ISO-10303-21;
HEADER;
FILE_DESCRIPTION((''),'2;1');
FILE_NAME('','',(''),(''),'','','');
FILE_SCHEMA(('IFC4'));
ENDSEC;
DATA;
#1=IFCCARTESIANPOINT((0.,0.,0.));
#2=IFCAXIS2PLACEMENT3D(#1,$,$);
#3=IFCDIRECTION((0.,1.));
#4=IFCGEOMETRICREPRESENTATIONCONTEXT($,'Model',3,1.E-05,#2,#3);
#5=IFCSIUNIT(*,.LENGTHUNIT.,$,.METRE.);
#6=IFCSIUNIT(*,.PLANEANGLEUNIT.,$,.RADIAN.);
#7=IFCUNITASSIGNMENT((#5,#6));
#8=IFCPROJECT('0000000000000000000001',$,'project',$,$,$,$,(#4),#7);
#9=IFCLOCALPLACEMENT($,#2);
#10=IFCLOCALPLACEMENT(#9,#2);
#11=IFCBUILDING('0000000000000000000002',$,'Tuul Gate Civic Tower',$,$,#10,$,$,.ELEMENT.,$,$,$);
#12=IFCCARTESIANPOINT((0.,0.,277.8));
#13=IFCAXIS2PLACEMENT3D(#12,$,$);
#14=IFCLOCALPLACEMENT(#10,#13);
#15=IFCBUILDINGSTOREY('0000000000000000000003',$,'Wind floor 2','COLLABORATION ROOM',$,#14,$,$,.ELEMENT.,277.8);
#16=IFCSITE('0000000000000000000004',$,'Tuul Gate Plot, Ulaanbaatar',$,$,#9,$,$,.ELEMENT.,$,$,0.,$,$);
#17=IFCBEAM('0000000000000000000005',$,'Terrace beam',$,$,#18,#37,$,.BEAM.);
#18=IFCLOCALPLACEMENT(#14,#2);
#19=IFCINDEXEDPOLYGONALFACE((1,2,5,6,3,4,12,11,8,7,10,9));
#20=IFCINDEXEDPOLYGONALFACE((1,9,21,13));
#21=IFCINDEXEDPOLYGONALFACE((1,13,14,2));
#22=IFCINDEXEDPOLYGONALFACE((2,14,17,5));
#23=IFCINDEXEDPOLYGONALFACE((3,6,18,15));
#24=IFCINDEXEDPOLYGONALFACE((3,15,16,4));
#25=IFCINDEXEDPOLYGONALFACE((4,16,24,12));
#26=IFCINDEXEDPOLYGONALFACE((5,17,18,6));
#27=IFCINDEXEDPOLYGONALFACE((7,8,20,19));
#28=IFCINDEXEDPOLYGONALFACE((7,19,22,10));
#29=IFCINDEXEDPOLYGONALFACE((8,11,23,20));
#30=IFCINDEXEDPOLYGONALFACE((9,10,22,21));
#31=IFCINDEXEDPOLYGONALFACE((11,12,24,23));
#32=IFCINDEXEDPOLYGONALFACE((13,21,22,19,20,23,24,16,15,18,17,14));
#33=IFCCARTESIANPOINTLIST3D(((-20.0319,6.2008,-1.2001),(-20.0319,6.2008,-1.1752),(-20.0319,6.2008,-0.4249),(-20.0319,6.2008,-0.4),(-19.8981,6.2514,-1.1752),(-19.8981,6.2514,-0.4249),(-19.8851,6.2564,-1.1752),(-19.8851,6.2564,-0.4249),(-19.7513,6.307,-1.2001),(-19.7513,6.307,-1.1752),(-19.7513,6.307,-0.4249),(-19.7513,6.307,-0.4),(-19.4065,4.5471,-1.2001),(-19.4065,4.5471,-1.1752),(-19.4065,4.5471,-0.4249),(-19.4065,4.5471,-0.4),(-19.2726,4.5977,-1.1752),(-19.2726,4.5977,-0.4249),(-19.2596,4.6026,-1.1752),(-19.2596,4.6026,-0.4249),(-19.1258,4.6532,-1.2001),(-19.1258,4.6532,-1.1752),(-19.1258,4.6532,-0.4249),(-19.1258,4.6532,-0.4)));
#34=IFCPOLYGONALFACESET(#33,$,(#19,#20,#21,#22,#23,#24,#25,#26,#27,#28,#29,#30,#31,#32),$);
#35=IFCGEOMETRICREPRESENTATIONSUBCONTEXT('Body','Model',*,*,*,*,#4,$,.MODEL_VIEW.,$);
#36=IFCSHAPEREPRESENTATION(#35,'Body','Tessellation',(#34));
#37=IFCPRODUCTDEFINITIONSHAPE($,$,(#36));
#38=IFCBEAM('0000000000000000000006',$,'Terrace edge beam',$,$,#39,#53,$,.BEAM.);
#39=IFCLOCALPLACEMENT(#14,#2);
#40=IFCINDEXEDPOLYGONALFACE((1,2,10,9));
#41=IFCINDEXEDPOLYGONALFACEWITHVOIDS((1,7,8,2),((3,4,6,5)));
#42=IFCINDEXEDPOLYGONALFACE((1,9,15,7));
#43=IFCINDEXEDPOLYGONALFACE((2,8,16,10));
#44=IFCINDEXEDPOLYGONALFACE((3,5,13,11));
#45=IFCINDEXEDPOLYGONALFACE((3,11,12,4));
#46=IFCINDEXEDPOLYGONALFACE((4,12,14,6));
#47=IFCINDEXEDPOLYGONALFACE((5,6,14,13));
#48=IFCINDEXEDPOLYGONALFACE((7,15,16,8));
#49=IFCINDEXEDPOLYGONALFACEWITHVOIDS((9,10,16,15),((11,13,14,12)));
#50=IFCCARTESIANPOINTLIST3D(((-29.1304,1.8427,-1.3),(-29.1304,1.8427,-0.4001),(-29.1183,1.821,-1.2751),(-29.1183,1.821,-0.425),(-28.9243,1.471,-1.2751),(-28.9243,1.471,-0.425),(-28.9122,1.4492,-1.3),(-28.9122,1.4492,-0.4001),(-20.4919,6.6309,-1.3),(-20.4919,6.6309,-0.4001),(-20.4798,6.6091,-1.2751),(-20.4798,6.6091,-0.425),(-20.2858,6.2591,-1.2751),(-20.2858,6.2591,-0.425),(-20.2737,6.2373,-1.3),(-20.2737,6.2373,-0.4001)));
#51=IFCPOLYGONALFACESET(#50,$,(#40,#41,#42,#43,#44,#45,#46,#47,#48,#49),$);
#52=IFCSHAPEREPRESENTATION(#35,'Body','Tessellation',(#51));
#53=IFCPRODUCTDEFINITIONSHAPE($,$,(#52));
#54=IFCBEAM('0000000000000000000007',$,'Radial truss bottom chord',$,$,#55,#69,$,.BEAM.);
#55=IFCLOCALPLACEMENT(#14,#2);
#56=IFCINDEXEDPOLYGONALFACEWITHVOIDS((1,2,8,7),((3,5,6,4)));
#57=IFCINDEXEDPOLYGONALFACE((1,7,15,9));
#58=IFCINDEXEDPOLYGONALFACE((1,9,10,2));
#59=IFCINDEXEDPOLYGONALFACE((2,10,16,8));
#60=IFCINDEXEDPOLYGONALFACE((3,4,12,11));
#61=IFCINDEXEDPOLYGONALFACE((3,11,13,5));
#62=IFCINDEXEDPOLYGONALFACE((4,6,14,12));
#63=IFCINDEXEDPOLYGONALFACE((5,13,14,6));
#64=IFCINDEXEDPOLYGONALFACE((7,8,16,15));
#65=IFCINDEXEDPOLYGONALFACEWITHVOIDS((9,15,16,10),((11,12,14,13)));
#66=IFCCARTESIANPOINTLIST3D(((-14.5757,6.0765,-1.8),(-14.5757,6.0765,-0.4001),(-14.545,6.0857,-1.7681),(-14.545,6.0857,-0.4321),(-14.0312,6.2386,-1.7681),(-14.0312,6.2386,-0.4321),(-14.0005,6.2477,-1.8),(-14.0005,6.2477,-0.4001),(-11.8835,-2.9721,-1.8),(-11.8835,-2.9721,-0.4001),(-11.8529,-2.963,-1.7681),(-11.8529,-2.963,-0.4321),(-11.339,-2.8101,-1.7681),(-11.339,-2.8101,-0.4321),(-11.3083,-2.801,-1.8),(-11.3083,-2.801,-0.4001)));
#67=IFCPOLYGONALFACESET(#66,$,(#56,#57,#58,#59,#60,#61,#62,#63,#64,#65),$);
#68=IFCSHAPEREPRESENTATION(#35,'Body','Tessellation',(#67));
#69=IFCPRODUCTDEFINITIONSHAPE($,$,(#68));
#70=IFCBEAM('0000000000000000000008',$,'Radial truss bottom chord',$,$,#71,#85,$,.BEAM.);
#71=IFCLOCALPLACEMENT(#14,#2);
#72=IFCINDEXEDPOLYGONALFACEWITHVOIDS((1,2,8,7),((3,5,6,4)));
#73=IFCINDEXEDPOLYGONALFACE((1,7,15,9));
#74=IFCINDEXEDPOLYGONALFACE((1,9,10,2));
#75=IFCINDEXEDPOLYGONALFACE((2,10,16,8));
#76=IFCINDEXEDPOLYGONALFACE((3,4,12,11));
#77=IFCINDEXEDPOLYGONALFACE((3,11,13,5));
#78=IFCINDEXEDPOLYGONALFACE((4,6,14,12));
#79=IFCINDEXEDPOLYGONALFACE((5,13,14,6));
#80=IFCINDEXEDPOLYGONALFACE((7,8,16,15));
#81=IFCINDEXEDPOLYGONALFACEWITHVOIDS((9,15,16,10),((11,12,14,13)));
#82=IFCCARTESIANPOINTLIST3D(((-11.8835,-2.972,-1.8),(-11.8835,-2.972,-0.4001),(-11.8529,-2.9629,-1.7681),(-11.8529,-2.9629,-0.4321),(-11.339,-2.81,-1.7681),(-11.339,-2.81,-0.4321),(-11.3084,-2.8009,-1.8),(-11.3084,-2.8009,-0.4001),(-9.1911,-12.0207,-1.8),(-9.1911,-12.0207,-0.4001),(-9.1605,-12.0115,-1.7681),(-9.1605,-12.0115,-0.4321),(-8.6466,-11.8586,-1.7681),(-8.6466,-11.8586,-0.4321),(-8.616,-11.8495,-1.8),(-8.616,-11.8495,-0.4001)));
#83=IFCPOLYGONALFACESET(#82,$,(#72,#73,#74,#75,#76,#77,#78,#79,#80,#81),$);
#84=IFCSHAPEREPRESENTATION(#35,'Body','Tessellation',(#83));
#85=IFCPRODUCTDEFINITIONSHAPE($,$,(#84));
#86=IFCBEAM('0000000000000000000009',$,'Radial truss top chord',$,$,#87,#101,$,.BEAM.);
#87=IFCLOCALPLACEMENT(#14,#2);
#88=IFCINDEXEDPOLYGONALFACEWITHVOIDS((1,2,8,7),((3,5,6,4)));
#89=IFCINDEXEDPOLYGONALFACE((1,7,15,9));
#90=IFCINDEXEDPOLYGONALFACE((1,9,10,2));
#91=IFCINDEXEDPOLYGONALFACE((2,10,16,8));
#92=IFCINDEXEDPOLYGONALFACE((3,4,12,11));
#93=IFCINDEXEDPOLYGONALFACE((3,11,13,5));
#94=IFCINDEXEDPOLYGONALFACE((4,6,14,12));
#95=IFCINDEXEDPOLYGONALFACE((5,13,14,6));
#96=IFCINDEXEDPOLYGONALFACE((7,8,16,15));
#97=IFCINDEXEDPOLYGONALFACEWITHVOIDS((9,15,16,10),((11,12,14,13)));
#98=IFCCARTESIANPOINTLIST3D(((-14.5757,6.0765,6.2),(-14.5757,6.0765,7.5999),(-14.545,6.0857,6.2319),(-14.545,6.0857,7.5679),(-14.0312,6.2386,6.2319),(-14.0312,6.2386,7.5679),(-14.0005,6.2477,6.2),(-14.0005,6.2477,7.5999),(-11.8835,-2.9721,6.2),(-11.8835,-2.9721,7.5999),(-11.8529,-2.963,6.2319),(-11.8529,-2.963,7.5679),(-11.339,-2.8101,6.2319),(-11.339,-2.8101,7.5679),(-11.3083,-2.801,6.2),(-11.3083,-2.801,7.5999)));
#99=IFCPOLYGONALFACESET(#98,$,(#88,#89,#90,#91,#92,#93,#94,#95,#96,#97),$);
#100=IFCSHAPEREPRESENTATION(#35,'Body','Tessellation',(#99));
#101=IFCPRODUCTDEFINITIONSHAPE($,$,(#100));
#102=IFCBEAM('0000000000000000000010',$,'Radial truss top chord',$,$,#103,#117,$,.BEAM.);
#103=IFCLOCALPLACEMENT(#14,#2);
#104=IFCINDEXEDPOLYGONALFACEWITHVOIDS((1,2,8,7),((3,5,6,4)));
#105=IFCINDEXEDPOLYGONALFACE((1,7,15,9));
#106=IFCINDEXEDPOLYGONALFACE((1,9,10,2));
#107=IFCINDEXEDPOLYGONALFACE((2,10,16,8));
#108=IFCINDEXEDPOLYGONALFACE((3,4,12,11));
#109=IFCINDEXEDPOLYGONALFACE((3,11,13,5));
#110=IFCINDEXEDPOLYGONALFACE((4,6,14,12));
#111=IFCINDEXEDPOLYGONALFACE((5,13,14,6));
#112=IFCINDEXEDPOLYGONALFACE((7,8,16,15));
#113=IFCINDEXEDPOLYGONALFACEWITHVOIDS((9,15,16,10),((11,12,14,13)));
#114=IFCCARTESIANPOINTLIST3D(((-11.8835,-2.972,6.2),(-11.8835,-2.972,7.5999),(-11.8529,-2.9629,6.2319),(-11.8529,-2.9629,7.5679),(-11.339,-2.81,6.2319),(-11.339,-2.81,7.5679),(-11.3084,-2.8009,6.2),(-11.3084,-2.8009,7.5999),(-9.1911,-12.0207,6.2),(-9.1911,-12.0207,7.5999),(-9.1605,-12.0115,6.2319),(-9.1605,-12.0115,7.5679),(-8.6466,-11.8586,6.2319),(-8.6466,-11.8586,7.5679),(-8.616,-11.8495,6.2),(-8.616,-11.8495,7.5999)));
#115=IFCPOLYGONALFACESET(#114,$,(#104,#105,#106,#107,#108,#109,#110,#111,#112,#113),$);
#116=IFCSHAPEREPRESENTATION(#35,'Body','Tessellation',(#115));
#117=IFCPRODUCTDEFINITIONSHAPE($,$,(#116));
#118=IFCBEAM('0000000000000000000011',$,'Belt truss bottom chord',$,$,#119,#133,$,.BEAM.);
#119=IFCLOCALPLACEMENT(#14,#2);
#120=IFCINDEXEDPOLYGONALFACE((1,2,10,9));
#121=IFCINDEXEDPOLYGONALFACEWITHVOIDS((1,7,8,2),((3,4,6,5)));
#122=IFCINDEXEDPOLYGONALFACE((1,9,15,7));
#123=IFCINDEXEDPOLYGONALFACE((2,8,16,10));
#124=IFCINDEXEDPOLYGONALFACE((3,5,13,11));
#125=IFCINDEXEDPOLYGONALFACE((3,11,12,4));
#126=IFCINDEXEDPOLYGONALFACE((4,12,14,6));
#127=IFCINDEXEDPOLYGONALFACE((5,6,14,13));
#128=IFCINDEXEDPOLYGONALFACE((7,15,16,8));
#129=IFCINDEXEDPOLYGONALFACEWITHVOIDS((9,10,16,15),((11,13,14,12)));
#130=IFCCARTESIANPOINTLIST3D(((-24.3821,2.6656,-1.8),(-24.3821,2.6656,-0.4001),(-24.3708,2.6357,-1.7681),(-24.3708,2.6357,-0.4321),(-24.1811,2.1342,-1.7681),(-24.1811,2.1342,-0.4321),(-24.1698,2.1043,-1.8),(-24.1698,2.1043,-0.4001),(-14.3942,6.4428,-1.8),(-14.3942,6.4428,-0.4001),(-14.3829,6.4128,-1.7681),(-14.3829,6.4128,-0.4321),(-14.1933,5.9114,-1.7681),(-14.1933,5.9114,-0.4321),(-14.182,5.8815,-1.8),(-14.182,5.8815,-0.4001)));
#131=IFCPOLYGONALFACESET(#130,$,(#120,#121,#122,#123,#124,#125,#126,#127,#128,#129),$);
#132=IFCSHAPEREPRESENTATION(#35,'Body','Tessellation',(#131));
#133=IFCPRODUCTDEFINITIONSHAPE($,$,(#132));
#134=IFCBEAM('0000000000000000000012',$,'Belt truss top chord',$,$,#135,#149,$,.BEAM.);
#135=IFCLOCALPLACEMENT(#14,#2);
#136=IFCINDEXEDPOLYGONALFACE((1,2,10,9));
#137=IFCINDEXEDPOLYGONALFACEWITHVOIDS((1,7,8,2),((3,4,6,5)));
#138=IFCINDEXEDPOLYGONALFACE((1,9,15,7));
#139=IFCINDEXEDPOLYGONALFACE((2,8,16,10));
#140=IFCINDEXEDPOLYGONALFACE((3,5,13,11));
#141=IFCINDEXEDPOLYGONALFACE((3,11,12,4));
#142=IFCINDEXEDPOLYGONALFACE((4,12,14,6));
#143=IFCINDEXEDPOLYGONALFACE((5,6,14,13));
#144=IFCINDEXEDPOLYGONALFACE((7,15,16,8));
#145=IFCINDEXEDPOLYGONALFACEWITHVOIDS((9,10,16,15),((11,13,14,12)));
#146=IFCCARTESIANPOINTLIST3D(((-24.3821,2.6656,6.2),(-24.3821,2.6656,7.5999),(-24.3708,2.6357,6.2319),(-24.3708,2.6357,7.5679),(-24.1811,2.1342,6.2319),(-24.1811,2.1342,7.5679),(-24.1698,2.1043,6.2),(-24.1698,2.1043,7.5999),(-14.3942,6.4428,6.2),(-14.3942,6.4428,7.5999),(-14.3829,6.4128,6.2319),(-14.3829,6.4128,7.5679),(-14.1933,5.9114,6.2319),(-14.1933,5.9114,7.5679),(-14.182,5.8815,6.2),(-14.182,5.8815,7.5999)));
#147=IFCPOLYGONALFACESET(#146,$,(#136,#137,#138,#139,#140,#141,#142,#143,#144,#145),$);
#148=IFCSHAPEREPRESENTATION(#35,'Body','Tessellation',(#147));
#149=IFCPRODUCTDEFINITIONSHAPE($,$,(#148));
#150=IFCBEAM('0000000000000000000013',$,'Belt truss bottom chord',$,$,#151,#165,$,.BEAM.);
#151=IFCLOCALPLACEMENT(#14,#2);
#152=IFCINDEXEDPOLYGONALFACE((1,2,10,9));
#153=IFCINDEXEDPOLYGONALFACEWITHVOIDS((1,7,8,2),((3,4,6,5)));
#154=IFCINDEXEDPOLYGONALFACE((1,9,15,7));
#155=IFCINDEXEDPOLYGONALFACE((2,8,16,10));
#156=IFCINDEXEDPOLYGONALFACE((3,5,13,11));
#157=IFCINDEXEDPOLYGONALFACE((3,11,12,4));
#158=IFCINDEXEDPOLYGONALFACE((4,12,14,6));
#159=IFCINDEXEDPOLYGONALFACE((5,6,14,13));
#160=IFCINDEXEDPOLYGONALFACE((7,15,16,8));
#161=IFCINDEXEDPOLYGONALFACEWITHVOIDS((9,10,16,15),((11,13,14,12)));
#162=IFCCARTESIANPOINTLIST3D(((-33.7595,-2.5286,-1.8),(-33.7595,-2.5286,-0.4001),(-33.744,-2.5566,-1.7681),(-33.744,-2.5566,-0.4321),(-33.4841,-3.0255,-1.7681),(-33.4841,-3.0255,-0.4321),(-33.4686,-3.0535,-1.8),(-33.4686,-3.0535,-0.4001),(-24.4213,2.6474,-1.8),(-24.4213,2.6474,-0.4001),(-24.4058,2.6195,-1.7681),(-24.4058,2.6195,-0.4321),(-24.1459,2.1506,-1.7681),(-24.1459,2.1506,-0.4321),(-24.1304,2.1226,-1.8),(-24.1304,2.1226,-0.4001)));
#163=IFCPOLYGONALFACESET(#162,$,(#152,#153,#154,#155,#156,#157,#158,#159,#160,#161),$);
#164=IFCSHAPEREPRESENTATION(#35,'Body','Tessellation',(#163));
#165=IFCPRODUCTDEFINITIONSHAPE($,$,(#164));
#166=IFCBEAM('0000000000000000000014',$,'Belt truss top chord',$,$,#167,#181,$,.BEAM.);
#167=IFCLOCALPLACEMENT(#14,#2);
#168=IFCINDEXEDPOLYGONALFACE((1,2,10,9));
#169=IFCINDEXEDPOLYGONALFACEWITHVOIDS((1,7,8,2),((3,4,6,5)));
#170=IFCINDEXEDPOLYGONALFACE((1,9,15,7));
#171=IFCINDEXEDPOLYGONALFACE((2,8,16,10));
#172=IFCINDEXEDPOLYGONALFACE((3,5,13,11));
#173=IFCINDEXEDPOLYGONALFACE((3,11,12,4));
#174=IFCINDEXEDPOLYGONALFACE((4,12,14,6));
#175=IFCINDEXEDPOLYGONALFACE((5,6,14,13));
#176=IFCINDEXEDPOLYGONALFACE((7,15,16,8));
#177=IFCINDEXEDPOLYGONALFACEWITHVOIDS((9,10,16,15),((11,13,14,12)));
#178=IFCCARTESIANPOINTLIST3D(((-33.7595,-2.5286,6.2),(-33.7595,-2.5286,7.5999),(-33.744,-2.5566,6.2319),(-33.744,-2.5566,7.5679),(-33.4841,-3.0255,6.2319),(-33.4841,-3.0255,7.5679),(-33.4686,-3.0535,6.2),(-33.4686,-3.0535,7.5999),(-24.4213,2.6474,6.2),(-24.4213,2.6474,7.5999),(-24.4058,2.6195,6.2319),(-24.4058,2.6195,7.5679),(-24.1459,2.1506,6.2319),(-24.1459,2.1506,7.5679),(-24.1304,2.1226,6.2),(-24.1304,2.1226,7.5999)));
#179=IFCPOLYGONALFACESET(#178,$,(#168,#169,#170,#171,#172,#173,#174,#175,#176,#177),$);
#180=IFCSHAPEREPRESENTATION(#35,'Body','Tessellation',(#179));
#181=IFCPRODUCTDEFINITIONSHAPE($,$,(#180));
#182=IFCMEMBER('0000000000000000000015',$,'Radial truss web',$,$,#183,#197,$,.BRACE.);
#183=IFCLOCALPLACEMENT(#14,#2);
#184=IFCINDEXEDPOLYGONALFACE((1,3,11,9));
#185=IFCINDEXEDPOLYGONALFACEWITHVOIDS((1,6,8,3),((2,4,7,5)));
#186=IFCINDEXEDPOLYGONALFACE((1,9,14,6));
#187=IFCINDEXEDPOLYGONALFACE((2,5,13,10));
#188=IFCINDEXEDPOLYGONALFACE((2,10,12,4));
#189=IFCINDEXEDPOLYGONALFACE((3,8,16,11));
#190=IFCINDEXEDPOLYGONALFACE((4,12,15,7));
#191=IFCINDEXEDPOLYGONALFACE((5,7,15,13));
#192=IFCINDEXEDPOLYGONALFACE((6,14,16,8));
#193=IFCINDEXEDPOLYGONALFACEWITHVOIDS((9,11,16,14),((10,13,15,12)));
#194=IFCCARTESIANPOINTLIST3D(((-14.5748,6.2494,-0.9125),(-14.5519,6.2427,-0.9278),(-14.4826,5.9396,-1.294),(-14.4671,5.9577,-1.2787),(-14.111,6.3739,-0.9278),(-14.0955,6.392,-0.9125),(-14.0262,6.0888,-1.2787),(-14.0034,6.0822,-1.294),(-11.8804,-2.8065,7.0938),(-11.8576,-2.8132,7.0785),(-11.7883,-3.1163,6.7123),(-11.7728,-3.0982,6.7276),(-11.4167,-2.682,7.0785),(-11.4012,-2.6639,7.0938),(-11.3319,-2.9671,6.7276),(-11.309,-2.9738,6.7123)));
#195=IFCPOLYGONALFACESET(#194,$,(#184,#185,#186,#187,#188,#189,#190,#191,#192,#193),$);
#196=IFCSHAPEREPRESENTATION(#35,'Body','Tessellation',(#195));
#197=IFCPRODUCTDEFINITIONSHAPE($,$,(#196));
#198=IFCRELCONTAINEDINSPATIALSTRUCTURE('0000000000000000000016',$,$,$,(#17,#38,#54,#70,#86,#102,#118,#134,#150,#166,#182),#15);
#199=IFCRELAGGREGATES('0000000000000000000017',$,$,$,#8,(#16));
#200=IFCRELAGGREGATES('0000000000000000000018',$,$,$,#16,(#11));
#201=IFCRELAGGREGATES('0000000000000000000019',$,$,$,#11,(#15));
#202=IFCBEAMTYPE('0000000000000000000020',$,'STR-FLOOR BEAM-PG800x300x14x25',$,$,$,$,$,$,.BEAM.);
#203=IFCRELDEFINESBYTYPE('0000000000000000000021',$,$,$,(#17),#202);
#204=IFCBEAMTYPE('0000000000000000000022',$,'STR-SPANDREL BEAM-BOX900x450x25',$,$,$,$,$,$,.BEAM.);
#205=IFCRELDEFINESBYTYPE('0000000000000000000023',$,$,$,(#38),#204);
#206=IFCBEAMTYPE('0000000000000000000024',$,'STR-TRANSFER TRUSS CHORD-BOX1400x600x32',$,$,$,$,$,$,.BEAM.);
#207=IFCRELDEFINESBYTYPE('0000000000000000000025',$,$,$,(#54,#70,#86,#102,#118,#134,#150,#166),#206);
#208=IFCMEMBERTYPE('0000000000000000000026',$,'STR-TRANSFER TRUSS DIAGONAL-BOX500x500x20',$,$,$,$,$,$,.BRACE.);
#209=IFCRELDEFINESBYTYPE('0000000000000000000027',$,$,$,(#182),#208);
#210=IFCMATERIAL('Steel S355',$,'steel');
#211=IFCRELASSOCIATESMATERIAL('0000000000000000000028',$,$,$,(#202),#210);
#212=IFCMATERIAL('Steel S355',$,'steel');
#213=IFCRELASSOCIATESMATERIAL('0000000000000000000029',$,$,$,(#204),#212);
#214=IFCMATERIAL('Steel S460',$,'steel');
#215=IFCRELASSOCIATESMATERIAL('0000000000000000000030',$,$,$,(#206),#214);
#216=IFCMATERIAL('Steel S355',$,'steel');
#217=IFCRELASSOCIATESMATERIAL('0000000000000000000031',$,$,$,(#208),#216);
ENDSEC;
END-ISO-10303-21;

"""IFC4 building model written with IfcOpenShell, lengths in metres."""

from ifc_helpers import new_model, si_unit, direction, frame, origin, origin_2d, place, context, subcontext, project, spatial, hollow_rectangle, i_section, extrude, material, material_profile, profile_set, type_object, element, save


model = new_model("IFC4")

# Units and contexts
model_context = context("Model", 3, precision=1e-05, world=origin(), true_north=direction((0.0, 1.0)))
body_context = subcontext(model_context, "Body", "Model", "MODEL_VIEW")
ifc_project = project(units=[si_unit("LENGTHUNIT", "METRE"), si_unit("PLANEANGLEUNIT", "RADIAN")], contexts=[model_context])

# Site, building, storey
site_placement = place(None, origin())
site = spatial("IfcSite", under=ifc_project, at=site_placement, Name="Tuul Gate Plot, Ulaanbaatar", CompositionType="ELEMENT", RefElevation=0.0)
building_placement = place(site_placement, origin())
building = spatial("IfcBuilding", under=site, at=building_placement, Name="Tuul Gate Civic Tower", CompositionType="ELEMENT")
storey_placement = place(building_placement, frame((0.0, 0.0, 277.8)))
storey = spatial("IfcBuildingStorey", under=building, at=storey_placement, Name="Wind floor 2", Description="COLLABORATION ROOM", CompositionType="ELEMENT", Elevation=277.8)

# Beams
ifc_material_1 = material(Name="Steel S355", Category="steel")
ifc_material_profile_1 = material_profile(ifc_material_1, i_section(OverallWidth=0.3, OverallDepth=0.8, WebThickness=0.0139, FlangeThickness=0.0249, at=origin_2d()), Name="PG800x300x14x25")
ifc_profile_set_1 = profile_set([ifc_material_profile_1], Name="Steel S355")
beam_type_1 = type_object("IfcBeamType", Name="STR-FLOOR BEAM-PG800x300x14x25", PredefinedType="BEAM", material=ifc_profile_set_1)
beam_1_placement = place(storey_placement, frame((-19.8916, 6.2539, -0.8), z_axis=(0.353755, -0.935338, 0.0), x_axis=(0.935338, 0.353755, 0.0)))
element("IfcBeam", 1, at=beam_1_placement, inside=storey, type_object=beam_type_1, Name="Terrace beam", PredefinedType="BEAM", context=body_context, shape_type="SweptSolid", body=[
    extrude(i_section(OverallWidth=0.3, OverallDepth=0.8, WebThickness=0.0139, FlangeThickness=0.0249, at=origin_2d()), origin(), (0.0, 0.0, 1.0), 1.7681),
])
ifc_material_2 = material(Name="Steel S355", Category="steel")
ifc_material_profile_2 = material_profile(ifc_material_2, hollow_rectangle(XDim=0.45, YDim=0.8999, WallThickness=0.0249, at=origin_2d()), Name="BOX900x450x25")
ifc_profile_set_2 = profile_set([ifc_material_profile_2], Name="Steel S355")
beam_type_2 = type_object("IfcBeamType", Name="STR-SPANDREL BEAM-BOX900x450x25", PredefinedType="BEAM", material=ifc_profile_set_2)
beam_2_placement = place(storey_placement, frame((-20.3828, 6.4341, -0.8501), z_axis=(-0.874631, -0.484788, 0.0), x_axis=(0.484788, -0.874631, 0.0)))
element("IfcBeam", 2, at=beam_2_placement, inside=storey, type_object=beam_type_2, Name="Terrace edge beam", PredefinedType="BEAM", context=body_context, shape_type="SweptSolid", body=[
    extrude(hollow_rectangle(XDim=0.45, YDim=0.8999, WallThickness=0.0249, at=origin_2d()), origin(), (0.0, 0.0, 1.0), 9.8767),
])
ifc_material_3 = material(Name="Steel S460", Category="steel")
ifc_material_profile_3 = material_profile(ifc_material_3, hollow_rectangle(XDim=0.6001, YDim=1.3999, WallThickness=0.032, at=origin_2d()), Name="BOX1400x600x32")
ifc_profile_set_3 = profile_set([ifc_material_profile_3], Name="Steel S460")
beam_type_3 = type_object("IfcBeamType", Name="STR-TRANSFER TRUSS CHORD-BOX1400x600x32", PredefinedType="BEAM", material=ifc_profile_set_3)
for number, where, z_axis, x_axis, name in (
    (3, (-14.2881, 6.1621, -1.1001), (0.285167, -0.958478, 0.0), (0.958478, 0.285167, 0.0), "Radial truss bottom chord"),
    (4, (-11.5959, -2.8865, -1.1001), (0.285191, -0.958471, 0.0), (0.958471, 0.285191, 0.0), "Radial truss bottom chord"),
    (5, (-14.2881, 6.1621, 6.8999), (0.285167, -0.958478, 0.0), (0.958478, 0.285167, 0.0), "Radial truss top chord"),
    (6, (-11.5959, -2.8865, 6.8999), (0.285191, -0.958471, 0.0), (0.958471, 0.285191, 0.0), "Radial truss top chord"),
):
    element("IfcBeam", number, at=place(storey_placement, frame(where, z_axis=z_axis, x_axis=x_axis)), inside=storey, type_object=beam_type_3, Name=name, PredefinedType="BEAM", context=body_context, shape_type="SweptSolid", body=[
        extrude(hollow_rectangle(XDim=0.6001, YDim=1.3999, WallThickness=0.032, at=origin_2d()), origin(), (0.0, 0.0, 1.0), 9.4407),
    ])
for number, where, z_axis, x_axis, name in (
    (7, (-14.2881, 6.1621, -1.1001), (-0.93535, -0.353723, 0.0), (0.353723, -0.93535, 0.0), "Belt truss bottom chord"),
    (8, (-14.2881, 6.1621, 6.8999), (-0.93535, -0.353723, 0.0), (0.353723, -0.93535, 0.0), "Belt truss top chord"),
):
    element("IfcBeam", number, at=place(storey_placement, frame(where, z_axis=z_axis, x_axis=x_axis)), inside=storey, type_object=beam_type_3, Name=name, PredefinedType="BEAM", context=body_context, shape_type="SweptSolid", body=[
        extrude(hollow_rectangle(XDim=0.6001, YDim=1.3999, WallThickness=0.032, at=origin_2d()), origin(), (0.0, 0.0, 1.0), 10.6782),
    ])
for number, where, z_axis, x_axis, name in (
    (9, (-24.2759, 2.385, -1.1001), (-0.874627, -0.484796, 0.0), (0.484796, -0.874627, 0.0), "Belt truss bottom chord"),
    (10, (-24.2759, 2.385, 6.8999), (-0.874627, -0.484796, 0.0), (0.484796, -0.874627, 0.0), "Belt truss top chord"),
):
    element("IfcBeam", number, at=place(storey_placement, frame(where, z_axis=z_axis, x_axis=x_axis)), inside=storey, type_object=beam_type_3, Name=name, PredefinedType="BEAM", context=body_context, shape_type="SweptSolid", body=[
        extrude(hollow_rectangle(XDim=0.6001, YDim=1.3999, WallThickness=0.032, at=origin_2d()), origin(), (0.0, 0.0, 1.0), 10.6768),
    ])

# Member
ifc_material_4 = material(Name="Steel S355", Category="steel")
ifc_material_profile_4 = material_profile(ifc_material_4, hollow_rectangle(XDim=0.5, YDim=0.5, WallThickness=0.02, at=origin_2d()), Name="BOX500x500x20")
ifc_profile_set_4 = profile_set([ifc_material_profile_4], Name="Steel S355")
member_type_1 = type_object("IfcMemberType", Name="STR-TRANSFER TRUSS DIAGONAL-BOX500x500x20", PredefinedType="BRACE", material=ifc_profile_set_4)
member_1_placement = place(storey_placement, frame((-14.2891, 6.1658, -1.1033), z_axis=(0.217561, -0.731242, 0.646493), x_axis=(0.958477, 0.285169, 0.0)))
element("IfcMember", 11, at=member_1_placement, inside=storey, type_object=member_type_1, Name="Radial truss web", PredefinedType="BRACE", context=body_context, shape_type="SweptSolid", body=[
    extrude(hollow_rectangle(XDim=0.5, YDim=0.5, WallThickness=0.02, at=origin_2d()), origin(), (0.0, 0.0, 1.0), 12.3843),
])

save(model, "model.ifc")
